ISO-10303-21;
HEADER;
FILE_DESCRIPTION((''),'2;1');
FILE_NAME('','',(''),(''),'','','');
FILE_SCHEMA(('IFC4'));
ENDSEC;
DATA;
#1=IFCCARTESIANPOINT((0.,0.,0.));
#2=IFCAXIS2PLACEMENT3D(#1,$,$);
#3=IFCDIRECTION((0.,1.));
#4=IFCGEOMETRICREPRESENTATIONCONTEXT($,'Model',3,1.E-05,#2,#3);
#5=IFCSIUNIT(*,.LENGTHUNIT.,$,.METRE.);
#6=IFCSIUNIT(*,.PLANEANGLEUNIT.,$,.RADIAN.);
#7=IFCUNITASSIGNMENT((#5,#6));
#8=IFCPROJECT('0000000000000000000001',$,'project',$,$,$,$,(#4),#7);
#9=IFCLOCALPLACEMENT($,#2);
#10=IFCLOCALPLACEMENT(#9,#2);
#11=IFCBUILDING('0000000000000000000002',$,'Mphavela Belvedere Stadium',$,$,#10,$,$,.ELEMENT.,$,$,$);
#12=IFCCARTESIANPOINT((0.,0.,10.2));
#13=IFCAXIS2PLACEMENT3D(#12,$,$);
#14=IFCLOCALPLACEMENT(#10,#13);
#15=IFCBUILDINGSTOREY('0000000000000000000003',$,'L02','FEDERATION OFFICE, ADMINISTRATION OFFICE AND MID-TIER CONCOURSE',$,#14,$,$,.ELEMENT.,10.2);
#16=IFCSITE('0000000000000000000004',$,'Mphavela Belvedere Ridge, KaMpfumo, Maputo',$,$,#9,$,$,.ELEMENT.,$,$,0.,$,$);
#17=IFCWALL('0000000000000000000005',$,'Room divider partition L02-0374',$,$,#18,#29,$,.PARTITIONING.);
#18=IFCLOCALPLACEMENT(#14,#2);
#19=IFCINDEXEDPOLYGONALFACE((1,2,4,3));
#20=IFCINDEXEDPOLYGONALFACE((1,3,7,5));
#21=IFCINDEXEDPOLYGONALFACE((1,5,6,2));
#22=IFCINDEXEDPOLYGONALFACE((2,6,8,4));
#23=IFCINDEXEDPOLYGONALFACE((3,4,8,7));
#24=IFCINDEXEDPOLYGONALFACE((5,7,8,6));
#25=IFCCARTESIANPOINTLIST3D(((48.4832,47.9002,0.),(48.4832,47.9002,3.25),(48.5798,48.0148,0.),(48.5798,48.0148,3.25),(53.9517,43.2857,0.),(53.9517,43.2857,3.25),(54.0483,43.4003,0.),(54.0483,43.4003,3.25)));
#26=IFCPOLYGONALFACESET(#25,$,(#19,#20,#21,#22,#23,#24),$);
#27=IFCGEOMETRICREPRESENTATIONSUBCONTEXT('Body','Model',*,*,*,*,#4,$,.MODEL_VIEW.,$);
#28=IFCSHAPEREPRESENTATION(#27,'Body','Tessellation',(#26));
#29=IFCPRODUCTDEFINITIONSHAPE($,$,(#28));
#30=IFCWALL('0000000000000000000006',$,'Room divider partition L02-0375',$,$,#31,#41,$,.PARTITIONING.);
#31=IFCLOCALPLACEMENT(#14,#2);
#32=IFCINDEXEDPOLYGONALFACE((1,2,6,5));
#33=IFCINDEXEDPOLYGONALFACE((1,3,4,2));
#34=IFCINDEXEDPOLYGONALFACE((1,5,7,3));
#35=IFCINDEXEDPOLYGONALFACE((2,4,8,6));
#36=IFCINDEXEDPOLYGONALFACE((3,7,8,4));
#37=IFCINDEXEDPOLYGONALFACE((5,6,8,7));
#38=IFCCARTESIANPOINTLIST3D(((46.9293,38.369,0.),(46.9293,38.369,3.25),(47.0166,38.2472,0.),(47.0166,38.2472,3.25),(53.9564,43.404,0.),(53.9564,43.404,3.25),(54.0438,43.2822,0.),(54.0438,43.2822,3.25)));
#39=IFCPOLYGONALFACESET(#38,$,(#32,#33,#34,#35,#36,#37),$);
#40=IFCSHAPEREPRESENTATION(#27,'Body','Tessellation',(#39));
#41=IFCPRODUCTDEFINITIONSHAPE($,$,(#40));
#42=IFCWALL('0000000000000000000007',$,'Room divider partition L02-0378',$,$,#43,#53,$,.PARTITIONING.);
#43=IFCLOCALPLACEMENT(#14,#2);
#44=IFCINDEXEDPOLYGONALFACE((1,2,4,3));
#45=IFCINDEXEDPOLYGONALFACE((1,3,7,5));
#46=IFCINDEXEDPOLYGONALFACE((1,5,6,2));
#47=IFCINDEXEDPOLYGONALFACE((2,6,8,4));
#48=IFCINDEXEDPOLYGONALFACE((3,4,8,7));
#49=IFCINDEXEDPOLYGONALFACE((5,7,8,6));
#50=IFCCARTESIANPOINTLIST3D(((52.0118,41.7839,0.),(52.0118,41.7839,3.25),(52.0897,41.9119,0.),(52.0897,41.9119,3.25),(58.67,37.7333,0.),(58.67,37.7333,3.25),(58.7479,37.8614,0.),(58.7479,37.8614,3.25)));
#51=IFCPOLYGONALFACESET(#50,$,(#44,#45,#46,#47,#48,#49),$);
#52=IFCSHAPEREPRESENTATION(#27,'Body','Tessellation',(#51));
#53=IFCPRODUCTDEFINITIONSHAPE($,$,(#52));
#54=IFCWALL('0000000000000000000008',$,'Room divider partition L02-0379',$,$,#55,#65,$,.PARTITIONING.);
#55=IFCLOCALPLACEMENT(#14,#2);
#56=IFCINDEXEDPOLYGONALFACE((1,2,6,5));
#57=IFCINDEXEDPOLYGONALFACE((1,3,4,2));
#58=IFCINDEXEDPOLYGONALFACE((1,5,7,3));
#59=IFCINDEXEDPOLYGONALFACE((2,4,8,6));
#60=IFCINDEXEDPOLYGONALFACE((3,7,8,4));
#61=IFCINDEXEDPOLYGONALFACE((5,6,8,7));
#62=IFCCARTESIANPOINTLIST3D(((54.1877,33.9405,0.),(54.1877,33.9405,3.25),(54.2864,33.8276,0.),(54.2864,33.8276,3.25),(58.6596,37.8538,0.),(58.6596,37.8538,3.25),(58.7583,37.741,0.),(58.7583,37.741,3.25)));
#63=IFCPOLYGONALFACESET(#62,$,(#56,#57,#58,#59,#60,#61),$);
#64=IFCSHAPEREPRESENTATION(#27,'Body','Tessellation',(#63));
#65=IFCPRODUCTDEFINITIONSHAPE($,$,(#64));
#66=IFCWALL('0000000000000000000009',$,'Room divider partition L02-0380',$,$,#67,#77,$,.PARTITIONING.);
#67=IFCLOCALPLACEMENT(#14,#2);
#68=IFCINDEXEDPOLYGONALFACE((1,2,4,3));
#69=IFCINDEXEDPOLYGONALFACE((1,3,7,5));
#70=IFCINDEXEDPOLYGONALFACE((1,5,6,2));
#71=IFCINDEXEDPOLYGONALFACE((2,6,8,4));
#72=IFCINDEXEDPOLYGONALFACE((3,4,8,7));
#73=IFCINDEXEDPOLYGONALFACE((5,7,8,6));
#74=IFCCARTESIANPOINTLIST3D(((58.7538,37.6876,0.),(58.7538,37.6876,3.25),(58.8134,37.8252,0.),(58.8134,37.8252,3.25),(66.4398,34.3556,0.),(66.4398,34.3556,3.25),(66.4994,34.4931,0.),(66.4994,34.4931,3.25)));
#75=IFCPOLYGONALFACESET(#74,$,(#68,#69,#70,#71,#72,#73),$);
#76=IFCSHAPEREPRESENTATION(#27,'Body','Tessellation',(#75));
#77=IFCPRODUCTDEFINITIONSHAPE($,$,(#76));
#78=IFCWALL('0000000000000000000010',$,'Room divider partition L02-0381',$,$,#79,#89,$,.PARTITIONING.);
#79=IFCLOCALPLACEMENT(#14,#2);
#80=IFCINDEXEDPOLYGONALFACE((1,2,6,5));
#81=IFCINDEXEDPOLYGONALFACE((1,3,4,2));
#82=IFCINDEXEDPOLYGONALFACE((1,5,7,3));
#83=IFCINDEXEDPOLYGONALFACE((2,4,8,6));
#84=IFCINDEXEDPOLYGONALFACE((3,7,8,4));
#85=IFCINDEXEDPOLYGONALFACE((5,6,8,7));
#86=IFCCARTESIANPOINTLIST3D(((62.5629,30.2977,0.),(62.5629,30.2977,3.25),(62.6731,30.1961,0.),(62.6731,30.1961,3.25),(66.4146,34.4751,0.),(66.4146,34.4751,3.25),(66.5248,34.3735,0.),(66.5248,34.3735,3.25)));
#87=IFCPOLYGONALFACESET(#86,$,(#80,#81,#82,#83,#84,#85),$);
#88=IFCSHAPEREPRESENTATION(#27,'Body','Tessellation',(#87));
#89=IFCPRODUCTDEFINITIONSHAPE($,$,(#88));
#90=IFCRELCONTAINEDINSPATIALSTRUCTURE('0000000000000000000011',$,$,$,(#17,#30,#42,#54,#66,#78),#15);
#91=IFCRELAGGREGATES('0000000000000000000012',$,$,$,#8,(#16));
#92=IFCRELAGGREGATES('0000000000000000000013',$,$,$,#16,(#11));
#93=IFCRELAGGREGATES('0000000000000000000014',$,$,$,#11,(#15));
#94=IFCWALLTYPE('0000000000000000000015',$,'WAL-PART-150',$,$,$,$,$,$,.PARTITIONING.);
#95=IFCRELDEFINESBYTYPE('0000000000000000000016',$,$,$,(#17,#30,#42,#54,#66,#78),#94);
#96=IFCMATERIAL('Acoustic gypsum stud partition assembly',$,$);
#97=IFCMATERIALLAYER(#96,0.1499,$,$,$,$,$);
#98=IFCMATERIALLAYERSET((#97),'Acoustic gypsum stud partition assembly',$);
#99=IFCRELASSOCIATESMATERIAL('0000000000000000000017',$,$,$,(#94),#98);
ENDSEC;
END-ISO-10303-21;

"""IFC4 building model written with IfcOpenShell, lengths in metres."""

from ifc_helpers import new_model, si_unit, direction, frame, frame_2d, origin, place, context, subcontext, project, spatial, rectangle, extrude, material, layer, layer_set, type_object, element, save


model = new_model("IFC4")

# Units and contexts
model_context = context("Model", 3, precision=1e-05, world=origin(), true_north=direction((0.0, 1.0)))
body_context = subcontext(model_context, "Body", "Model", "MODEL_VIEW")
ifc_project = project(units=[si_unit("LENGTHUNIT", "METRE"), si_unit("PLANEANGLEUNIT", "RADIAN")], contexts=[model_context])

# Site, building, storey
site_placement = place(None, origin())
site = spatial("IfcSite", under=ifc_project, at=site_placement, Name="Mphavela Belvedere Ridge, KaMpfumo, Maputo", CompositionType="ELEMENT", RefElevation=0.0)
building_placement = place(site_placement, origin())
building = spatial("IfcBuilding", under=site, at=building_placement, Name="Mphavela Belvedere Stadium", CompositionType="ELEMENT")
storey_placement = place(building_placement, frame((0.0, 0.0, 10.2)))
storey = spatial("IfcBuildingStorey", under=building, at=storey_placement, Name="L02", Description="FEDERATION OFFICE, ADMINISTRATION OFFICE AND MID-TIER CONCOURSE", CompositionType="ELEMENT", Elevation=10.2)

# Shared definitions
ifc_material_1 = material(Name="Acoustic gypsum stud partition assembly")
ifc_layer_1 = layer(ifc_material_1, 0.1499)
ifc_layer_set_1 = layer_set([ifc_layer_1], Name="Acoustic gypsum stud partition assembly")
wall_type_1 = type_object("IfcWallType", Name="WAL-PART-150", PredefinedType="PARTITIONING", material=ifc_layer_set_1)

# Walls
wall_1_placement = place(storey_placement, frame((48.5315, 47.9575, 0.0), z_axis=(0.0, 0.0, 1.0), x_axis=(0.76426, -0.644908, 0.0)))
element("IfcWall", 1, at=wall_1_placement, inside=storey, type_object=wall_type_1, Name="Room divider partition L02-0374", PredefinedType="PARTITIONING", context=body_context, shape_type="SweptSolid", body=[
    extrude(rectangle(XDim=7.1553, YDim=0.1499, at=frame_2d((3.5776, 0.0))), origin(), (0.0, 0.0, 1.0), 3.25),
])
wall_2_placement = place(storey_placement, frame((54.0, 43.343, 0.0), z_axis=(0.0, 0.0, 1.0), x_axis=(-0.812882, -0.582429, 0.0)))
element("IfcWall", 2, at=wall_2_placement, inside=storey, type_object=wall_type_1, Name="Room divider partition L02-0375", PredefinedType="PARTITIONING", context=body_context, shape_type="SweptSolid", body=[
    extrude(rectangle(XDim=8.6448, YDim=0.1499, at=frame_2d((4.3223, 0.0))), origin(), (0.0, 0.0, 1.0), 3.25),
])
wall_3_placement = place(storey_placement, frame((52.0508, 41.8479, 0.0), z_axis=(0.0, 0.0, 1.0), x_axis=(0.854329, -0.519733, 0.0)))
element("IfcWall", 3, at=wall_3_placement, inside=storey, type_object=wall_type_1, Name="Room divider partition L02-0378", PredefinedType="PARTITIONING", context=body_context, shape_type="SweptSolid", body=[
    extrude(rectangle(XDim=7.7935, YDim=0.1499, at=frame_2d((3.8967, 0.0))), origin(), (0.0, 0.0, 1.0), 3.25),
])
wall_4_placement = place(storey_placement, frame((58.709, 37.7974, 0.0), z_axis=(0.0, 0.0, 1.0), x_axis=(-0.752544, -0.658542, 0.0)))
element("IfcWall", 4, at=wall_4_placement, inside=storey, type_object=wall_type_1, Name="Room divider partition L02-0379", PredefinedType="PARTITIONING", context=body_context, shape_type="SweptSolid", body=[
    extrude(rectangle(XDim=5.9424, YDim=0.1499, at=frame_2d((2.9712, 0.0))), origin(), (0.0, 0.0, 1.0), 3.25),
])
wall_5_placement = place(storey_placement, frame((58.7837, 37.7563, 0.0), z_axis=(0.0, 0.0, 1.0), x_axis=(0.917494, -0.39775, 0.0)))
element("IfcWall", 5, at=wall_5_placement, inside=storey, type_object=wall_type_1, Name="Room divider partition L02-0380", PredefinedType="PARTITIONING", context=body_context, shape_type="SweptSolid", body=[
    extrude(rectangle(XDim=8.3772, YDim=0.1499, at=frame_2d((4.1885, 0.0))), origin(), (0.0, 0.0, 1.0), 3.25),
])
wall_6_placement = place(storey_placement, frame((66.4697, 34.4243, 0.0), z_axis=(0.0, 0.0, 1.0), x_axis=(-0.677868, -0.735184, 0.0)))
element("IfcWall", 6, at=wall_6_placement, inside=storey, type_object=wall_type_1, Name="Room divider partition L02-0381", PredefinedType="PARTITIONING", context=body_context, shape_type="SweptSolid", body=[
    extrude(rectangle(XDim=5.6821, YDim=0.1499, at=frame_2d((2.8411, 0.0))), origin(), (0.0, 0.0, 1.0), 3.25),
])

save(model, "model.ifc")
